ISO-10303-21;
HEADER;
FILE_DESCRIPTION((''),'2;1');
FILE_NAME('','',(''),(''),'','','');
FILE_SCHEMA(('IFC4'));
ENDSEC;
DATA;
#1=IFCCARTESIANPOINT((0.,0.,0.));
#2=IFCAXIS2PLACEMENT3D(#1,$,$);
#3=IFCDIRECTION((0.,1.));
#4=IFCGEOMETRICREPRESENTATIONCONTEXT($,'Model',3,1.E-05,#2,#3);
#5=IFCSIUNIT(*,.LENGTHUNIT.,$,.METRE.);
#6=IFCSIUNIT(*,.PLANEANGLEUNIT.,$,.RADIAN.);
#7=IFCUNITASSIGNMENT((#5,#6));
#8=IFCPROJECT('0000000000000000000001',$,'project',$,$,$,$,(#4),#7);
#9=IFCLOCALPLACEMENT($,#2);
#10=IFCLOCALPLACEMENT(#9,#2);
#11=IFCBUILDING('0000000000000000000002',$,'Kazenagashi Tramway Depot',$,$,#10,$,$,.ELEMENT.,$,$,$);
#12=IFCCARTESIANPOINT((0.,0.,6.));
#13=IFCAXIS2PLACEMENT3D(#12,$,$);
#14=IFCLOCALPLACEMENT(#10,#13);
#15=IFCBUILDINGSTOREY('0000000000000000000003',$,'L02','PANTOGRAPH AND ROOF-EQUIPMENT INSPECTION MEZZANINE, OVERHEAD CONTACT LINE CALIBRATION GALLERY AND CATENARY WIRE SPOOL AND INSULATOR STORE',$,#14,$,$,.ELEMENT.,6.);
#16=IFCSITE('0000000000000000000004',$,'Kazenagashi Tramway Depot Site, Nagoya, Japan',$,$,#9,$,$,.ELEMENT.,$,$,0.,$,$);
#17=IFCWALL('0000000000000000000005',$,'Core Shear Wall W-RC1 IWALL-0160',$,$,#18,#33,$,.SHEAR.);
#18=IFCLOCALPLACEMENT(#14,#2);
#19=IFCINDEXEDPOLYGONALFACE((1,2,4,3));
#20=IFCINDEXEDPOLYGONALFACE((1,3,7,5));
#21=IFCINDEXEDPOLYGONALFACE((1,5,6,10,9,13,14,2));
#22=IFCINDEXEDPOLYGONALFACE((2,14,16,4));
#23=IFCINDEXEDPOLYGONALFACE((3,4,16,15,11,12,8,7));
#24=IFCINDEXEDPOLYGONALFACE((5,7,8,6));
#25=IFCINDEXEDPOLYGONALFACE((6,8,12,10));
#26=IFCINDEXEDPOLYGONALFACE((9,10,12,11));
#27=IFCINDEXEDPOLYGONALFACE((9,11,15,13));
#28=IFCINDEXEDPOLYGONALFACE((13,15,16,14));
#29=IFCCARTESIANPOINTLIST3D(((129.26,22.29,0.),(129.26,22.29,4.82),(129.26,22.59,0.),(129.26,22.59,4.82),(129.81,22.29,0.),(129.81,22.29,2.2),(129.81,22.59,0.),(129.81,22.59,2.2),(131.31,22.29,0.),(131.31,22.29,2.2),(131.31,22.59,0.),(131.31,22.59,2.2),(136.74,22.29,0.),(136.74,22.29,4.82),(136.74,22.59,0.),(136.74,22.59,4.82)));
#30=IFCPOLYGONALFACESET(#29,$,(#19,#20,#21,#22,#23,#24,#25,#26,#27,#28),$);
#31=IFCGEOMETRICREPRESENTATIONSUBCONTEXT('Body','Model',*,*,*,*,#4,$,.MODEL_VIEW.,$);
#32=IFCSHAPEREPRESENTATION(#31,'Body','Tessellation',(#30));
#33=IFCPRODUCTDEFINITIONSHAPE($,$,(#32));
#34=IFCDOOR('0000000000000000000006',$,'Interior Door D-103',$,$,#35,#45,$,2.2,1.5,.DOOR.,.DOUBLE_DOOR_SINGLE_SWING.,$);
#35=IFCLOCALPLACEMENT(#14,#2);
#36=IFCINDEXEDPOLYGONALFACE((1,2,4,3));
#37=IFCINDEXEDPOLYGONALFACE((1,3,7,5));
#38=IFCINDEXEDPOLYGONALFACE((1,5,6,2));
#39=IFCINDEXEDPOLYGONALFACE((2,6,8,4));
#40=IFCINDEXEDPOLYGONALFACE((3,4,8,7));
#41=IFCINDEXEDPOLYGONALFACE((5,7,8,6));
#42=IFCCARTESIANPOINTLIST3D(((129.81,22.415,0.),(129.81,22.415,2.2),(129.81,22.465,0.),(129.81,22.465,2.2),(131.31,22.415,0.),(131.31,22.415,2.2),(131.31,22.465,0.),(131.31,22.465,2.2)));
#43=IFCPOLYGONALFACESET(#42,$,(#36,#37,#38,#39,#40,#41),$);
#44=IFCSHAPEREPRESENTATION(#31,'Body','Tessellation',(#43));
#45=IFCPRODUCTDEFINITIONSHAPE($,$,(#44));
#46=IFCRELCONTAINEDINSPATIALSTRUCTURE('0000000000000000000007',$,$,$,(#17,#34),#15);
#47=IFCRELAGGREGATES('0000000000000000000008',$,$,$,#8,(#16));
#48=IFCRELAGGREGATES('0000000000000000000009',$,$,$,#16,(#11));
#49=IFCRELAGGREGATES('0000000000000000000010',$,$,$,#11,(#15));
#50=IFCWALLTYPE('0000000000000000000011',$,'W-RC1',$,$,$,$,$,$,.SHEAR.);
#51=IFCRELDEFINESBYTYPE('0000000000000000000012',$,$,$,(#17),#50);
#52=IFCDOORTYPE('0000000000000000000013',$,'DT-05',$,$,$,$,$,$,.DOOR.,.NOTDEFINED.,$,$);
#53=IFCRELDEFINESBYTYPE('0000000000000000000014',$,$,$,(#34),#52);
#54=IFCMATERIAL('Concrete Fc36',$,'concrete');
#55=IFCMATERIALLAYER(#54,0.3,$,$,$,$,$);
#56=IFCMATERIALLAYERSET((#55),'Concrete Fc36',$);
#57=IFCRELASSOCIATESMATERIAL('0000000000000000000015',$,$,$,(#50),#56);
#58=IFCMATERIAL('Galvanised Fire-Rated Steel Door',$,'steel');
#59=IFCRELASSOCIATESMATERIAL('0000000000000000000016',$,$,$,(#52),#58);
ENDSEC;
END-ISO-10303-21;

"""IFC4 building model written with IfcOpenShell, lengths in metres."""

from ifc_helpers import new_model, si_unit, direction, frame, frame_2d, origin, place, context, subcontext, project, spatial, rectangle, extrude, material, layer, layer_set, type_object, element, fill, save


model = new_model("IFC4")

# Units and contexts
model_context = context("Model", 3, precision=1e-05, world=origin(), true_north=direction((0.0, 1.0)))
body_context = subcontext(model_context, "Body", "Model", "MODEL_VIEW")
ifc_project = project(units=[si_unit("LENGTHUNIT", "METRE"), si_unit("PLANEANGLEUNIT", "RADIAN")], contexts=[model_context])

# Site, building, storey
site_placement = place(None, origin())
site = spatial("IfcSite", under=ifc_project, at=site_placement, Name="Kazenagashi Tramway Depot Site, Nagoya, Japan", CompositionType="ELEMENT", RefElevation=0.0)
building_placement = place(site_placement, origin())
building = spatial("IfcBuilding", under=site, at=building_placement, Name="Kazenagashi Tramway Depot", CompositionType="ELEMENT")
storey_placement = place(building_placement, frame((0.0, 0.0, 6.0)))
storey = spatial("IfcBuildingStorey", under=building, at=storey_placement, Name="L02", Description="PANTOGRAPH AND ROOF-EQUIPMENT INSPECTION MEZZANINE, OVERHEAD CONTACT LINE CALIBRATION GALLERY AND CATENARY WIRE SPOOL AND INSULATOR STORE", CompositionType="ELEMENT", Elevation=6.0)

# Wall, opening, door
ifc_material_1 = material(Name="Concrete Fc36", Category="concrete")
ifc_layer_1 = layer(ifc_material_1, 0.3)
ifc_layer_set_1 = layer_set([ifc_layer_1], Name="Concrete Fc36")
wall_type_1 = type_object("IfcWallType", Name="W-RC1", PredefinedType="SHEAR", material=ifc_layer_set_1)
wall_1_placement = place(storey_placement, frame((129.26, 22.44, 0.0), z_axis=(0.0, 0.0, 1.0), x_axis=(1.0, 0.0, 0.0)))
wall_1 = element("IfcWall", 1, at=wall_1_placement, inside=storey, type_object=wall_type_1, Name="Core Shear Wall W-RC1 IWALL-0160", PredefinedType="SHEAR", context=body_context, shape_type="SweptSolid", body=[
    extrude(rectangle(XDim=7.48, YDim=0.3, at=frame_2d((3.74, 0.0))), origin(), (0.0, 0.0, 1.0), 4.82),
])
opening_placement = place(wall_1_placement, frame((0.55, 0.0, 0.0)))
opening = element("IfcOpeningElement", 2, at=opening_placement, cuts=wall_1, PredefinedType="OPENING", context=body_context, shape_type="SweptSolid", body=[
    extrude(rectangle(XDim=1.5, YDim=2.2, at=frame_2d((0.75, 1.1))), frame((0.0, 0.16, 0.0), z_axis=(0.0, -1.0, 0.0), x_axis=(1.0, 0.0, 0.0)), (0.0, 0.0, 1.0), 0.32),
])
ifc_material_2 = material(Name="Galvanised Fire-Rated Steel Door", Category="steel")
door_type = type_object("IfcDoorType", Name="DT-05", OperationType="NOTDEFINED", PredefinedType="DOOR", material=ifc_material_2)
door_placement = place(opening_placement, origin())
door = element("IfcDoor", 3, at=door_placement, inside=storey, type_object=door_type, Name="Interior Door D-103", OperationType="DOUBLE_DOOR_SINGLE_SWING", OverallHeight=2.2, OverallWidth=1.5, PredefinedType="DOOR", context=body_context, shape_type="SweptSolid", body=[
    extrude(rectangle(XDim=1.5, YDim=2.2, at=frame_2d((0.75, 1.1))), frame((0.0, 0.025, 0.0), z_axis=(0.0, -1.0, 0.0), x_axis=(1.0, 0.0, 0.0)), (0.0, 0.0, 1.0), 0.05),
])
fill(opening, door)

save(model, "model.ifc")
